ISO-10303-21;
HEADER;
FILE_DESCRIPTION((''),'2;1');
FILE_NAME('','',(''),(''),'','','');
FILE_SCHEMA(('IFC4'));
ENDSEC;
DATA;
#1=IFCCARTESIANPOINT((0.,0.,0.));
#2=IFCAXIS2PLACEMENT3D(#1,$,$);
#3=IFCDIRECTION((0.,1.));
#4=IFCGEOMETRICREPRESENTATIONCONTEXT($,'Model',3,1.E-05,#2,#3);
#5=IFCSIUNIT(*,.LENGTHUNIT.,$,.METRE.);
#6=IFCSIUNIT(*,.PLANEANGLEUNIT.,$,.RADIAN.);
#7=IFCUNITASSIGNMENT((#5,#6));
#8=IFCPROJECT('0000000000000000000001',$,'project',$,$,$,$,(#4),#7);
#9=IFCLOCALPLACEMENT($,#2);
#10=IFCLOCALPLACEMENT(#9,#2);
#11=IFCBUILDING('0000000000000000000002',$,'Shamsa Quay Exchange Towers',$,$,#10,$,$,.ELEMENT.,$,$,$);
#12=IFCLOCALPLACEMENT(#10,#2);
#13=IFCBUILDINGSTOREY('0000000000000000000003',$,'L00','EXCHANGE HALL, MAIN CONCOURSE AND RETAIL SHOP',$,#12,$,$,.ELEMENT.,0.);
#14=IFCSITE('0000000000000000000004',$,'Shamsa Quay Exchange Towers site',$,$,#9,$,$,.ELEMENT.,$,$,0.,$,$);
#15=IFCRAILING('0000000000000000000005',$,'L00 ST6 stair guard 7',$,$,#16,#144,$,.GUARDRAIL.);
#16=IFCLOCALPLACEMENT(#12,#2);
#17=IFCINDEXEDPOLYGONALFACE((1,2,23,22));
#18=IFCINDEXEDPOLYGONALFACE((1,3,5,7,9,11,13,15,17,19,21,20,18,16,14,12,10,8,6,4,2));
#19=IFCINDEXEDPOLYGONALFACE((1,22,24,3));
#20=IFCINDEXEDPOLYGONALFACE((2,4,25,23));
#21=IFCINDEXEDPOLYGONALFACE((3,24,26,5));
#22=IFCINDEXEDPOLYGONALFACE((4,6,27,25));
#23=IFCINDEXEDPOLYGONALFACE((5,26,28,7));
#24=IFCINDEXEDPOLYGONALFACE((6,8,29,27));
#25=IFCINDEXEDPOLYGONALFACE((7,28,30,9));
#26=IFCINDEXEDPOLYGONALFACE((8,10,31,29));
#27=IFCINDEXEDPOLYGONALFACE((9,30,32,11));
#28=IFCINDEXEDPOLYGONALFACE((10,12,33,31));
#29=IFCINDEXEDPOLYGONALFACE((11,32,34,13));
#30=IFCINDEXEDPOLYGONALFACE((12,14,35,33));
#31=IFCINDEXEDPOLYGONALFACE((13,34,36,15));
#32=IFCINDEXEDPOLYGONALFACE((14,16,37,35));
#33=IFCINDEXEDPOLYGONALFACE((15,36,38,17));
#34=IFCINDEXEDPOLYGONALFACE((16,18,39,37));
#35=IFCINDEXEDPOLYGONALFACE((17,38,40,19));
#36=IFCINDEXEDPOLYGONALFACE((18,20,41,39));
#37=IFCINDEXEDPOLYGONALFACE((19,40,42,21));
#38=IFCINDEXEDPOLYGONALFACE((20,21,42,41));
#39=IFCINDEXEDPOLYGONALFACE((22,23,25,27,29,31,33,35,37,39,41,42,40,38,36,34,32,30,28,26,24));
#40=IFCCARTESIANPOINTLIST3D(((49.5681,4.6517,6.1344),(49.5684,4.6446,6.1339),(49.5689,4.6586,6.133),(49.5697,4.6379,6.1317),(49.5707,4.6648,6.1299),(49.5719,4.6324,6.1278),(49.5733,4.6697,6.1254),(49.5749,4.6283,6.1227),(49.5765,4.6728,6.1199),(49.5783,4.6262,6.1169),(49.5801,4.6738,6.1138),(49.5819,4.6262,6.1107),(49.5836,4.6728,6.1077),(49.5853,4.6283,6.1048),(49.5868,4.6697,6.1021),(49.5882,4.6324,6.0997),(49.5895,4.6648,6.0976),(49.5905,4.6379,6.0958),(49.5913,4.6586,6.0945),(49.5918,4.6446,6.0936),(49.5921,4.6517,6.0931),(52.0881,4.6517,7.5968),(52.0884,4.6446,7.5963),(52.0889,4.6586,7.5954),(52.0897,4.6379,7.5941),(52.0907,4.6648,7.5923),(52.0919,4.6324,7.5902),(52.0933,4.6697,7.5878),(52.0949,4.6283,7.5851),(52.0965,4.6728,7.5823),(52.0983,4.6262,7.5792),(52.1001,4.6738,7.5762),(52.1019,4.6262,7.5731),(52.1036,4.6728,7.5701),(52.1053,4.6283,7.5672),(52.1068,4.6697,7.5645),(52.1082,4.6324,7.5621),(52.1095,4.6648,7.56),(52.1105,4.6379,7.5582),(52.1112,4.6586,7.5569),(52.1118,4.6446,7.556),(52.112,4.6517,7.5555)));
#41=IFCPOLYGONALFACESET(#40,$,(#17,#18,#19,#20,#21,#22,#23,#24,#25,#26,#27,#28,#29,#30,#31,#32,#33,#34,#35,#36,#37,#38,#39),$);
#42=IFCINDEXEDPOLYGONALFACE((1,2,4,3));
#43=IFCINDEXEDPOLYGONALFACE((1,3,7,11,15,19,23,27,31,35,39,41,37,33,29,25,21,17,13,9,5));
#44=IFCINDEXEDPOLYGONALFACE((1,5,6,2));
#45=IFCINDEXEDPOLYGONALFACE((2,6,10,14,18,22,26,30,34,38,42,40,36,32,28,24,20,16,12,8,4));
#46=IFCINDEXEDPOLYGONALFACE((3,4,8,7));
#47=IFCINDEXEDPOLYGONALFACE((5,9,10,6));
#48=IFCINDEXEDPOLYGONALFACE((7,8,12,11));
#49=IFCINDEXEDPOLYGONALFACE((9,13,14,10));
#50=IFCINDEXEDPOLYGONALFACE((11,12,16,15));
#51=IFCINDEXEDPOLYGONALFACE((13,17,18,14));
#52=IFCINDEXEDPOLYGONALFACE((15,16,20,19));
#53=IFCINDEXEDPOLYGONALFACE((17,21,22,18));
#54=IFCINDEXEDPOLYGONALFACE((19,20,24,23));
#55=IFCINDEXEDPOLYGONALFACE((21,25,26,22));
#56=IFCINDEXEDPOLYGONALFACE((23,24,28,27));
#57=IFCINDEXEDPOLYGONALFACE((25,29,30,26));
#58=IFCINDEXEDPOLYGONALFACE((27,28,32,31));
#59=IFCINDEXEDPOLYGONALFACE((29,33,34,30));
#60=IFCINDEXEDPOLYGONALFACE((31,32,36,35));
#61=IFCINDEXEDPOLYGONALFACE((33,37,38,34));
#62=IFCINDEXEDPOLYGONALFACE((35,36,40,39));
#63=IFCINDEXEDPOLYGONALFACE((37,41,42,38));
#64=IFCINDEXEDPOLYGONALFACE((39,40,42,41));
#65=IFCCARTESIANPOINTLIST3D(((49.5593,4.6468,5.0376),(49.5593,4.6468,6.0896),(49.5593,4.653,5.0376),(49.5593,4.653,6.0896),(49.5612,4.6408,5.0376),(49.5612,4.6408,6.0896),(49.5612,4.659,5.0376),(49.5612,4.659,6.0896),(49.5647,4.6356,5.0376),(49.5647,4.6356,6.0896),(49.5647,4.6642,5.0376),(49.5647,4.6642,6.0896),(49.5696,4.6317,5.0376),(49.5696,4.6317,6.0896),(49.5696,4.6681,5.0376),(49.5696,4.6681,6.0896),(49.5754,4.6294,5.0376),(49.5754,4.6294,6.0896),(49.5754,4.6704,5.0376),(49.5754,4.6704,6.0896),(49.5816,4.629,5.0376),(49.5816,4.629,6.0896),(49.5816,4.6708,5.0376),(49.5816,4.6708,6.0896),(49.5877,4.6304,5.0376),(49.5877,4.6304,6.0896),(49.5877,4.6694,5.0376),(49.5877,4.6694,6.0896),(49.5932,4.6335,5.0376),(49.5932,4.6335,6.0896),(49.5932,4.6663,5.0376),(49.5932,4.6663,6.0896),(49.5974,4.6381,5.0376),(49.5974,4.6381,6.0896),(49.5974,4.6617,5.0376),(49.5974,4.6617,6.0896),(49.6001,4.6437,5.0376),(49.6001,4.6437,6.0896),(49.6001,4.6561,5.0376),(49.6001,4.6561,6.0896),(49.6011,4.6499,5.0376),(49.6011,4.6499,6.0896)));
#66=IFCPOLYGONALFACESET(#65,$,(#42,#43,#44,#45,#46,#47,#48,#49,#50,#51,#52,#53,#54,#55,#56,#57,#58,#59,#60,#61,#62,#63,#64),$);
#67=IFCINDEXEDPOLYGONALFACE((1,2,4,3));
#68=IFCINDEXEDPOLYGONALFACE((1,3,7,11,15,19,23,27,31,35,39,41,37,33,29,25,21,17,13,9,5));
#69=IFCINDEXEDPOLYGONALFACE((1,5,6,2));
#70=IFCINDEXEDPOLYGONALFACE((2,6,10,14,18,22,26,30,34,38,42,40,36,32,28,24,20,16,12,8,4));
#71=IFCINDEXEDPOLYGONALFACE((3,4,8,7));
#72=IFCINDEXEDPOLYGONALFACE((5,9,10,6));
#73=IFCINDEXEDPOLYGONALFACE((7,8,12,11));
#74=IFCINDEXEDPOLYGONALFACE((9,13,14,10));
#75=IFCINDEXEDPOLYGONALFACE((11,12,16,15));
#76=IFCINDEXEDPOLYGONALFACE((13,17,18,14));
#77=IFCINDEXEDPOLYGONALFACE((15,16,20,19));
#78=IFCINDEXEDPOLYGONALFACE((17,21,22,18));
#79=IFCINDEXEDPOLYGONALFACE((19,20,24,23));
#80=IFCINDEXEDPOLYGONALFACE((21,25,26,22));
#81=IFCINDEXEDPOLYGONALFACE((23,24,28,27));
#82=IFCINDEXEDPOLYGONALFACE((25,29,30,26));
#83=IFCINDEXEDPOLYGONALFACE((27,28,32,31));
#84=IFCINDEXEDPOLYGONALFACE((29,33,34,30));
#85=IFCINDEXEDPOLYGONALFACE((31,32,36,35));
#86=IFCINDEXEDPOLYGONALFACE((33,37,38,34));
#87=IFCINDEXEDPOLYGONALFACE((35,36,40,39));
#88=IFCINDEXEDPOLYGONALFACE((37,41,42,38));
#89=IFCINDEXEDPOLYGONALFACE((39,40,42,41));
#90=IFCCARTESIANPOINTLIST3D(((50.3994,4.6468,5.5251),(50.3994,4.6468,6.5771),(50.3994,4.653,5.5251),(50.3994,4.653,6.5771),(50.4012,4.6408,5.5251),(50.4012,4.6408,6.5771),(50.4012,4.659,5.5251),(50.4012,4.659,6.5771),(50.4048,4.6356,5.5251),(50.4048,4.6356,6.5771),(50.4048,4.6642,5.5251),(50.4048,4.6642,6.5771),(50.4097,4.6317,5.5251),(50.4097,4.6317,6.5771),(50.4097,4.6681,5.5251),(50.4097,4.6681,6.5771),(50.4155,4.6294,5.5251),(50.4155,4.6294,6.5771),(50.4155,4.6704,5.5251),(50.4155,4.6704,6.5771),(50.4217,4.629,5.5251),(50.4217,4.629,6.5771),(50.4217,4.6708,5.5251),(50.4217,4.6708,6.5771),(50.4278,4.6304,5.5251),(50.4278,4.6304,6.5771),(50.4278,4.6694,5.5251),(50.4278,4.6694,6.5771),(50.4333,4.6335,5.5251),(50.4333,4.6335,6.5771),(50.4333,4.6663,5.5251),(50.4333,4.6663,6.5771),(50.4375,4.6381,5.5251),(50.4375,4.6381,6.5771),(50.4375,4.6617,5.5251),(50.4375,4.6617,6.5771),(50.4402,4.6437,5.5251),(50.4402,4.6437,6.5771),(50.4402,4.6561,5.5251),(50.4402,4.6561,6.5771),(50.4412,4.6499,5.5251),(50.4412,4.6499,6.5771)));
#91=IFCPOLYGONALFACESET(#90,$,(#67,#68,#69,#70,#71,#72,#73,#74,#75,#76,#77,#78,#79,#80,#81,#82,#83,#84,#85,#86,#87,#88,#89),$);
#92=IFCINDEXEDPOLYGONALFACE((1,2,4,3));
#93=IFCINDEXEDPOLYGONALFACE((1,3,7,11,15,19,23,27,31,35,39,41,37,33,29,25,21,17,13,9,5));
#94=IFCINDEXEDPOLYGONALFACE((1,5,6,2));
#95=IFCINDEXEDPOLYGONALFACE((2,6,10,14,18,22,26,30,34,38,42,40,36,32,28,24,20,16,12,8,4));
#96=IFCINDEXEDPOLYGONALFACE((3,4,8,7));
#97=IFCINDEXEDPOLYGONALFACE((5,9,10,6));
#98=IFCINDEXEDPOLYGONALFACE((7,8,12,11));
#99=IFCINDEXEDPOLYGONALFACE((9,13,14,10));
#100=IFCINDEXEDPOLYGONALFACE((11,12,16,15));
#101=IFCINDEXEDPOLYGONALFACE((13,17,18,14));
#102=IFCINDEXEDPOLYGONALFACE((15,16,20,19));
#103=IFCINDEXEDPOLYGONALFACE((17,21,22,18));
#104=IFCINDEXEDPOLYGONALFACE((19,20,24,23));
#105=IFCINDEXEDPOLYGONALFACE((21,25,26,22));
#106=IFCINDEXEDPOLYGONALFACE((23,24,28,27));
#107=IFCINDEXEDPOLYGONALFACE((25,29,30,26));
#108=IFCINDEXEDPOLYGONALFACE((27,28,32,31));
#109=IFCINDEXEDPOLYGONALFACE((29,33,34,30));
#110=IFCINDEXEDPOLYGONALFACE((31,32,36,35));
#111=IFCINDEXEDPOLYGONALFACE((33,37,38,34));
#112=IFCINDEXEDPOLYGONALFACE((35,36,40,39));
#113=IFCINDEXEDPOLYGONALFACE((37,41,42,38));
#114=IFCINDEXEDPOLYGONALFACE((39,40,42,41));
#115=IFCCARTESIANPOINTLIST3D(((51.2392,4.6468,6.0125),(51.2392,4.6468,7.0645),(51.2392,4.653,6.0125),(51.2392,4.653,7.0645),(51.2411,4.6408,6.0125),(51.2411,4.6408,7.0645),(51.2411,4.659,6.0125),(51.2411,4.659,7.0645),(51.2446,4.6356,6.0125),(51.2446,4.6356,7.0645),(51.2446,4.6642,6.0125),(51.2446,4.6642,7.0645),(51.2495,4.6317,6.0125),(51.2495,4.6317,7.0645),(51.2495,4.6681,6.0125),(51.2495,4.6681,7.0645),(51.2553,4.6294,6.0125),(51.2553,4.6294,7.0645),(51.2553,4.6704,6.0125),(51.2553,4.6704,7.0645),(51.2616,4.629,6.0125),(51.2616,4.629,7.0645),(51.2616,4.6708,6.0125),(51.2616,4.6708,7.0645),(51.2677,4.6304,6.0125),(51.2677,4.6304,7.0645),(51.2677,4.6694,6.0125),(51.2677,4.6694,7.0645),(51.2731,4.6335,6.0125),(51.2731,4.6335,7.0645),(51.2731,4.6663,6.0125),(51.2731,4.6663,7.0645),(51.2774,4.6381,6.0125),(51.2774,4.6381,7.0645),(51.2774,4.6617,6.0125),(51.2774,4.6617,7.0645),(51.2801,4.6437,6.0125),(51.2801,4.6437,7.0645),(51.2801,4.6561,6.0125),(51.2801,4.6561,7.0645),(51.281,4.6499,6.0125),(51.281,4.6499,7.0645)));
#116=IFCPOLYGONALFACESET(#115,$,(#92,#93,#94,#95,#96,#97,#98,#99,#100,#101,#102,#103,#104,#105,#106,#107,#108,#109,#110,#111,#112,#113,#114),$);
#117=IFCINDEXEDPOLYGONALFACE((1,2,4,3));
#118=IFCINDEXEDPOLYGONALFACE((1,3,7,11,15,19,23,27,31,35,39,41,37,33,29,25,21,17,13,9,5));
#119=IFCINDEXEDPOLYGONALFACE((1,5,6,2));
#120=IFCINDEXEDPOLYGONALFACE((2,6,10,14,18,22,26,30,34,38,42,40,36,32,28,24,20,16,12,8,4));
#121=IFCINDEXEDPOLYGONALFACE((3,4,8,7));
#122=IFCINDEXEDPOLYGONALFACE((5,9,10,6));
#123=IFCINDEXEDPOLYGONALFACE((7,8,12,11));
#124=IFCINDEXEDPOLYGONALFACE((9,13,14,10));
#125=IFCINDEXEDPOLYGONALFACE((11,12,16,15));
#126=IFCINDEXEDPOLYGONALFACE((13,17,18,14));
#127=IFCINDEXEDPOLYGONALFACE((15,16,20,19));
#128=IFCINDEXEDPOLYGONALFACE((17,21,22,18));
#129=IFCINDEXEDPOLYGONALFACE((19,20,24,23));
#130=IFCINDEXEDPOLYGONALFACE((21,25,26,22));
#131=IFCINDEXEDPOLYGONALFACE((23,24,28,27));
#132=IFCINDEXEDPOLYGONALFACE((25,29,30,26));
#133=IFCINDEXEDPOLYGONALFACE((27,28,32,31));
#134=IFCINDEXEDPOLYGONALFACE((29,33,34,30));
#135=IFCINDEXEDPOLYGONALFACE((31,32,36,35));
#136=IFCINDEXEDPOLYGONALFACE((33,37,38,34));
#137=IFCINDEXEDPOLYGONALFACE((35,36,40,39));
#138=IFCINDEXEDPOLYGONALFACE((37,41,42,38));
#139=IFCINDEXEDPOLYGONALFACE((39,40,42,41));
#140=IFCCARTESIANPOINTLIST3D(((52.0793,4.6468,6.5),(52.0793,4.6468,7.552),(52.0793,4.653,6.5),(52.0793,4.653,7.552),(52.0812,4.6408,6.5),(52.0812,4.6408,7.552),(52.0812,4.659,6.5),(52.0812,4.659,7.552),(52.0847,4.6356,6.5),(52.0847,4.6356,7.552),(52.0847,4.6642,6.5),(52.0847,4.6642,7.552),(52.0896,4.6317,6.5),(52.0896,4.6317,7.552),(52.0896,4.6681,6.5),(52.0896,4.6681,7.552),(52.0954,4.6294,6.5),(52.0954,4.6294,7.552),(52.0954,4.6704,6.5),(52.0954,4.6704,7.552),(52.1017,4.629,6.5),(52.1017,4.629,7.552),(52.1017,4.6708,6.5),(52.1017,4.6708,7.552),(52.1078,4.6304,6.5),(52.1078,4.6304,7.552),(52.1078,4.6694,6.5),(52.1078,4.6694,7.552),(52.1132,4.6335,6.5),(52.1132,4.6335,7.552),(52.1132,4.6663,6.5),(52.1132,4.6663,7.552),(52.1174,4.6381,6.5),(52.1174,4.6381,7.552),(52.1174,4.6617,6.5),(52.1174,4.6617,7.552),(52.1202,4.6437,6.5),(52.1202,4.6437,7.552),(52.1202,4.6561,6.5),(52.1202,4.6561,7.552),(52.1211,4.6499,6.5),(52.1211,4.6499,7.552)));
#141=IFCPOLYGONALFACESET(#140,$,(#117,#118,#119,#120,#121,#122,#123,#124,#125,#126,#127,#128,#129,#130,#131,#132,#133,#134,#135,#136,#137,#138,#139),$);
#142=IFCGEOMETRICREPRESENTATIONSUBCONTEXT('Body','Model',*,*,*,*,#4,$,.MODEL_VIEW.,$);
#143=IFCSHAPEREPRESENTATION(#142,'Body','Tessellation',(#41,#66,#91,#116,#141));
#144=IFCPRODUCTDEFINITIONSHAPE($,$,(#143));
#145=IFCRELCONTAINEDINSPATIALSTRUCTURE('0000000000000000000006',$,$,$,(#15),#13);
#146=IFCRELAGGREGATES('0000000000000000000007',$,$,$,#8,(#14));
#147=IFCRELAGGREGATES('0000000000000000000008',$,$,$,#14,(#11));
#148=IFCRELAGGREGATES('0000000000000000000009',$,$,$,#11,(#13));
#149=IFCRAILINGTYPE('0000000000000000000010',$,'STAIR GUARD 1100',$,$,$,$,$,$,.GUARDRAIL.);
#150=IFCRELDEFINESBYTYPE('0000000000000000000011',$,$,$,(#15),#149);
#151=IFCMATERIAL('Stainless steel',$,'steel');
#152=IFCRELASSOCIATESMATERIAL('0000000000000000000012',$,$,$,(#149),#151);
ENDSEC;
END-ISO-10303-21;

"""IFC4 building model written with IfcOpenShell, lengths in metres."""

from ifc_helpers import new_model, si_unit, direction, frame, origin, origin_2d, place, context, subcontext, project, spatial, circle, extrude, material, type_object, element, save


model = new_model("IFC4")

# Units and contexts
model_context = context("Model", 3, precision=1e-05, world=origin(), true_north=direction((0.0, 1.0)))
body_context = subcontext(model_context, "Body", "Model", "MODEL_VIEW")
ifc_project = project(units=[si_unit("LENGTHUNIT", "METRE"), si_unit("PLANEANGLEUNIT", "RADIAN")], contexts=[model_context])

# Site, building, storey
site_placement = place(None, origin())
site = spatial("IfcSite", under=ifc_project, at=site_placement, Name="Shamsa Quay Exchange Towers site", CompositionType="ELEMENT", RefElevation=0.0)
building_placement = place(site_placement, origin())
building = spatial("IfcBuilding", under=site, at=building_placement, Name="Shamsa Quay Exchange Towers", CompositionType="ELEMENT")
storey_placement = place(building_placement, origin())
storey = spatial("IfcBuildingStorey", under=building, at=storey_placement, Name="L00", Description="EXCHANGE HALL, MAIN CONCOURSE AND RETAIL SHOP", CompositionType="ELEMENT", Elevation=0.0)

# Railing
ifc_material_1 = material(Name="Stainless steel", Category="steel")
railing_type_1 = type_object("IfcRailingType", Name="STAIR GUARD 1100", PredefinedType="GUARDRAIL", material=ifc_material_1)
railing_1_placement = place(storey_placement, frame((49.5801, 4.6499, 5.0376)))
element("IfcRailing", 1, at=railing_1_placement, inside=storey, type_object=railing_type_1, Name="L00 ST6 stair guard 7", PredefinedType="GUARDRAIL", context=body_context, shape_type="SweptSolid", body=[
    extrude(circle(Radius=0.0239, at=origin_2d()), frame((0.0, 0.0, 1.0762), z_axis=(0.864913, 0.0, 0.501921), x_axis=(0.0, 1.0, 0.0)), (0.0, 0.0, 1.0), 2.9136),
    extrude(circle(Radius=0.021, at=origin_2d()), origin(), (0.0, 0.0, 1.0), 1.052),
    extrude(circle(Radius=0.021, at=origin_2d()), frame((0.8401, 0.0, 0.4875)), (0.0, 0.0, 1.0), 1.052),
    extrude(circle(Radius=0.021, at=origin_2d()), frame((1.6799, 0.0, 0.9749)), (0.0, 0.0, 1.0), 1.052),
    extrude(circle(Radius=0.021, at=origin_2d()), frame((2.52, 0.0, 1.4624)), (0.0, 0.0, 1.0), 1.052),
])

save(model, "model.ifc")
